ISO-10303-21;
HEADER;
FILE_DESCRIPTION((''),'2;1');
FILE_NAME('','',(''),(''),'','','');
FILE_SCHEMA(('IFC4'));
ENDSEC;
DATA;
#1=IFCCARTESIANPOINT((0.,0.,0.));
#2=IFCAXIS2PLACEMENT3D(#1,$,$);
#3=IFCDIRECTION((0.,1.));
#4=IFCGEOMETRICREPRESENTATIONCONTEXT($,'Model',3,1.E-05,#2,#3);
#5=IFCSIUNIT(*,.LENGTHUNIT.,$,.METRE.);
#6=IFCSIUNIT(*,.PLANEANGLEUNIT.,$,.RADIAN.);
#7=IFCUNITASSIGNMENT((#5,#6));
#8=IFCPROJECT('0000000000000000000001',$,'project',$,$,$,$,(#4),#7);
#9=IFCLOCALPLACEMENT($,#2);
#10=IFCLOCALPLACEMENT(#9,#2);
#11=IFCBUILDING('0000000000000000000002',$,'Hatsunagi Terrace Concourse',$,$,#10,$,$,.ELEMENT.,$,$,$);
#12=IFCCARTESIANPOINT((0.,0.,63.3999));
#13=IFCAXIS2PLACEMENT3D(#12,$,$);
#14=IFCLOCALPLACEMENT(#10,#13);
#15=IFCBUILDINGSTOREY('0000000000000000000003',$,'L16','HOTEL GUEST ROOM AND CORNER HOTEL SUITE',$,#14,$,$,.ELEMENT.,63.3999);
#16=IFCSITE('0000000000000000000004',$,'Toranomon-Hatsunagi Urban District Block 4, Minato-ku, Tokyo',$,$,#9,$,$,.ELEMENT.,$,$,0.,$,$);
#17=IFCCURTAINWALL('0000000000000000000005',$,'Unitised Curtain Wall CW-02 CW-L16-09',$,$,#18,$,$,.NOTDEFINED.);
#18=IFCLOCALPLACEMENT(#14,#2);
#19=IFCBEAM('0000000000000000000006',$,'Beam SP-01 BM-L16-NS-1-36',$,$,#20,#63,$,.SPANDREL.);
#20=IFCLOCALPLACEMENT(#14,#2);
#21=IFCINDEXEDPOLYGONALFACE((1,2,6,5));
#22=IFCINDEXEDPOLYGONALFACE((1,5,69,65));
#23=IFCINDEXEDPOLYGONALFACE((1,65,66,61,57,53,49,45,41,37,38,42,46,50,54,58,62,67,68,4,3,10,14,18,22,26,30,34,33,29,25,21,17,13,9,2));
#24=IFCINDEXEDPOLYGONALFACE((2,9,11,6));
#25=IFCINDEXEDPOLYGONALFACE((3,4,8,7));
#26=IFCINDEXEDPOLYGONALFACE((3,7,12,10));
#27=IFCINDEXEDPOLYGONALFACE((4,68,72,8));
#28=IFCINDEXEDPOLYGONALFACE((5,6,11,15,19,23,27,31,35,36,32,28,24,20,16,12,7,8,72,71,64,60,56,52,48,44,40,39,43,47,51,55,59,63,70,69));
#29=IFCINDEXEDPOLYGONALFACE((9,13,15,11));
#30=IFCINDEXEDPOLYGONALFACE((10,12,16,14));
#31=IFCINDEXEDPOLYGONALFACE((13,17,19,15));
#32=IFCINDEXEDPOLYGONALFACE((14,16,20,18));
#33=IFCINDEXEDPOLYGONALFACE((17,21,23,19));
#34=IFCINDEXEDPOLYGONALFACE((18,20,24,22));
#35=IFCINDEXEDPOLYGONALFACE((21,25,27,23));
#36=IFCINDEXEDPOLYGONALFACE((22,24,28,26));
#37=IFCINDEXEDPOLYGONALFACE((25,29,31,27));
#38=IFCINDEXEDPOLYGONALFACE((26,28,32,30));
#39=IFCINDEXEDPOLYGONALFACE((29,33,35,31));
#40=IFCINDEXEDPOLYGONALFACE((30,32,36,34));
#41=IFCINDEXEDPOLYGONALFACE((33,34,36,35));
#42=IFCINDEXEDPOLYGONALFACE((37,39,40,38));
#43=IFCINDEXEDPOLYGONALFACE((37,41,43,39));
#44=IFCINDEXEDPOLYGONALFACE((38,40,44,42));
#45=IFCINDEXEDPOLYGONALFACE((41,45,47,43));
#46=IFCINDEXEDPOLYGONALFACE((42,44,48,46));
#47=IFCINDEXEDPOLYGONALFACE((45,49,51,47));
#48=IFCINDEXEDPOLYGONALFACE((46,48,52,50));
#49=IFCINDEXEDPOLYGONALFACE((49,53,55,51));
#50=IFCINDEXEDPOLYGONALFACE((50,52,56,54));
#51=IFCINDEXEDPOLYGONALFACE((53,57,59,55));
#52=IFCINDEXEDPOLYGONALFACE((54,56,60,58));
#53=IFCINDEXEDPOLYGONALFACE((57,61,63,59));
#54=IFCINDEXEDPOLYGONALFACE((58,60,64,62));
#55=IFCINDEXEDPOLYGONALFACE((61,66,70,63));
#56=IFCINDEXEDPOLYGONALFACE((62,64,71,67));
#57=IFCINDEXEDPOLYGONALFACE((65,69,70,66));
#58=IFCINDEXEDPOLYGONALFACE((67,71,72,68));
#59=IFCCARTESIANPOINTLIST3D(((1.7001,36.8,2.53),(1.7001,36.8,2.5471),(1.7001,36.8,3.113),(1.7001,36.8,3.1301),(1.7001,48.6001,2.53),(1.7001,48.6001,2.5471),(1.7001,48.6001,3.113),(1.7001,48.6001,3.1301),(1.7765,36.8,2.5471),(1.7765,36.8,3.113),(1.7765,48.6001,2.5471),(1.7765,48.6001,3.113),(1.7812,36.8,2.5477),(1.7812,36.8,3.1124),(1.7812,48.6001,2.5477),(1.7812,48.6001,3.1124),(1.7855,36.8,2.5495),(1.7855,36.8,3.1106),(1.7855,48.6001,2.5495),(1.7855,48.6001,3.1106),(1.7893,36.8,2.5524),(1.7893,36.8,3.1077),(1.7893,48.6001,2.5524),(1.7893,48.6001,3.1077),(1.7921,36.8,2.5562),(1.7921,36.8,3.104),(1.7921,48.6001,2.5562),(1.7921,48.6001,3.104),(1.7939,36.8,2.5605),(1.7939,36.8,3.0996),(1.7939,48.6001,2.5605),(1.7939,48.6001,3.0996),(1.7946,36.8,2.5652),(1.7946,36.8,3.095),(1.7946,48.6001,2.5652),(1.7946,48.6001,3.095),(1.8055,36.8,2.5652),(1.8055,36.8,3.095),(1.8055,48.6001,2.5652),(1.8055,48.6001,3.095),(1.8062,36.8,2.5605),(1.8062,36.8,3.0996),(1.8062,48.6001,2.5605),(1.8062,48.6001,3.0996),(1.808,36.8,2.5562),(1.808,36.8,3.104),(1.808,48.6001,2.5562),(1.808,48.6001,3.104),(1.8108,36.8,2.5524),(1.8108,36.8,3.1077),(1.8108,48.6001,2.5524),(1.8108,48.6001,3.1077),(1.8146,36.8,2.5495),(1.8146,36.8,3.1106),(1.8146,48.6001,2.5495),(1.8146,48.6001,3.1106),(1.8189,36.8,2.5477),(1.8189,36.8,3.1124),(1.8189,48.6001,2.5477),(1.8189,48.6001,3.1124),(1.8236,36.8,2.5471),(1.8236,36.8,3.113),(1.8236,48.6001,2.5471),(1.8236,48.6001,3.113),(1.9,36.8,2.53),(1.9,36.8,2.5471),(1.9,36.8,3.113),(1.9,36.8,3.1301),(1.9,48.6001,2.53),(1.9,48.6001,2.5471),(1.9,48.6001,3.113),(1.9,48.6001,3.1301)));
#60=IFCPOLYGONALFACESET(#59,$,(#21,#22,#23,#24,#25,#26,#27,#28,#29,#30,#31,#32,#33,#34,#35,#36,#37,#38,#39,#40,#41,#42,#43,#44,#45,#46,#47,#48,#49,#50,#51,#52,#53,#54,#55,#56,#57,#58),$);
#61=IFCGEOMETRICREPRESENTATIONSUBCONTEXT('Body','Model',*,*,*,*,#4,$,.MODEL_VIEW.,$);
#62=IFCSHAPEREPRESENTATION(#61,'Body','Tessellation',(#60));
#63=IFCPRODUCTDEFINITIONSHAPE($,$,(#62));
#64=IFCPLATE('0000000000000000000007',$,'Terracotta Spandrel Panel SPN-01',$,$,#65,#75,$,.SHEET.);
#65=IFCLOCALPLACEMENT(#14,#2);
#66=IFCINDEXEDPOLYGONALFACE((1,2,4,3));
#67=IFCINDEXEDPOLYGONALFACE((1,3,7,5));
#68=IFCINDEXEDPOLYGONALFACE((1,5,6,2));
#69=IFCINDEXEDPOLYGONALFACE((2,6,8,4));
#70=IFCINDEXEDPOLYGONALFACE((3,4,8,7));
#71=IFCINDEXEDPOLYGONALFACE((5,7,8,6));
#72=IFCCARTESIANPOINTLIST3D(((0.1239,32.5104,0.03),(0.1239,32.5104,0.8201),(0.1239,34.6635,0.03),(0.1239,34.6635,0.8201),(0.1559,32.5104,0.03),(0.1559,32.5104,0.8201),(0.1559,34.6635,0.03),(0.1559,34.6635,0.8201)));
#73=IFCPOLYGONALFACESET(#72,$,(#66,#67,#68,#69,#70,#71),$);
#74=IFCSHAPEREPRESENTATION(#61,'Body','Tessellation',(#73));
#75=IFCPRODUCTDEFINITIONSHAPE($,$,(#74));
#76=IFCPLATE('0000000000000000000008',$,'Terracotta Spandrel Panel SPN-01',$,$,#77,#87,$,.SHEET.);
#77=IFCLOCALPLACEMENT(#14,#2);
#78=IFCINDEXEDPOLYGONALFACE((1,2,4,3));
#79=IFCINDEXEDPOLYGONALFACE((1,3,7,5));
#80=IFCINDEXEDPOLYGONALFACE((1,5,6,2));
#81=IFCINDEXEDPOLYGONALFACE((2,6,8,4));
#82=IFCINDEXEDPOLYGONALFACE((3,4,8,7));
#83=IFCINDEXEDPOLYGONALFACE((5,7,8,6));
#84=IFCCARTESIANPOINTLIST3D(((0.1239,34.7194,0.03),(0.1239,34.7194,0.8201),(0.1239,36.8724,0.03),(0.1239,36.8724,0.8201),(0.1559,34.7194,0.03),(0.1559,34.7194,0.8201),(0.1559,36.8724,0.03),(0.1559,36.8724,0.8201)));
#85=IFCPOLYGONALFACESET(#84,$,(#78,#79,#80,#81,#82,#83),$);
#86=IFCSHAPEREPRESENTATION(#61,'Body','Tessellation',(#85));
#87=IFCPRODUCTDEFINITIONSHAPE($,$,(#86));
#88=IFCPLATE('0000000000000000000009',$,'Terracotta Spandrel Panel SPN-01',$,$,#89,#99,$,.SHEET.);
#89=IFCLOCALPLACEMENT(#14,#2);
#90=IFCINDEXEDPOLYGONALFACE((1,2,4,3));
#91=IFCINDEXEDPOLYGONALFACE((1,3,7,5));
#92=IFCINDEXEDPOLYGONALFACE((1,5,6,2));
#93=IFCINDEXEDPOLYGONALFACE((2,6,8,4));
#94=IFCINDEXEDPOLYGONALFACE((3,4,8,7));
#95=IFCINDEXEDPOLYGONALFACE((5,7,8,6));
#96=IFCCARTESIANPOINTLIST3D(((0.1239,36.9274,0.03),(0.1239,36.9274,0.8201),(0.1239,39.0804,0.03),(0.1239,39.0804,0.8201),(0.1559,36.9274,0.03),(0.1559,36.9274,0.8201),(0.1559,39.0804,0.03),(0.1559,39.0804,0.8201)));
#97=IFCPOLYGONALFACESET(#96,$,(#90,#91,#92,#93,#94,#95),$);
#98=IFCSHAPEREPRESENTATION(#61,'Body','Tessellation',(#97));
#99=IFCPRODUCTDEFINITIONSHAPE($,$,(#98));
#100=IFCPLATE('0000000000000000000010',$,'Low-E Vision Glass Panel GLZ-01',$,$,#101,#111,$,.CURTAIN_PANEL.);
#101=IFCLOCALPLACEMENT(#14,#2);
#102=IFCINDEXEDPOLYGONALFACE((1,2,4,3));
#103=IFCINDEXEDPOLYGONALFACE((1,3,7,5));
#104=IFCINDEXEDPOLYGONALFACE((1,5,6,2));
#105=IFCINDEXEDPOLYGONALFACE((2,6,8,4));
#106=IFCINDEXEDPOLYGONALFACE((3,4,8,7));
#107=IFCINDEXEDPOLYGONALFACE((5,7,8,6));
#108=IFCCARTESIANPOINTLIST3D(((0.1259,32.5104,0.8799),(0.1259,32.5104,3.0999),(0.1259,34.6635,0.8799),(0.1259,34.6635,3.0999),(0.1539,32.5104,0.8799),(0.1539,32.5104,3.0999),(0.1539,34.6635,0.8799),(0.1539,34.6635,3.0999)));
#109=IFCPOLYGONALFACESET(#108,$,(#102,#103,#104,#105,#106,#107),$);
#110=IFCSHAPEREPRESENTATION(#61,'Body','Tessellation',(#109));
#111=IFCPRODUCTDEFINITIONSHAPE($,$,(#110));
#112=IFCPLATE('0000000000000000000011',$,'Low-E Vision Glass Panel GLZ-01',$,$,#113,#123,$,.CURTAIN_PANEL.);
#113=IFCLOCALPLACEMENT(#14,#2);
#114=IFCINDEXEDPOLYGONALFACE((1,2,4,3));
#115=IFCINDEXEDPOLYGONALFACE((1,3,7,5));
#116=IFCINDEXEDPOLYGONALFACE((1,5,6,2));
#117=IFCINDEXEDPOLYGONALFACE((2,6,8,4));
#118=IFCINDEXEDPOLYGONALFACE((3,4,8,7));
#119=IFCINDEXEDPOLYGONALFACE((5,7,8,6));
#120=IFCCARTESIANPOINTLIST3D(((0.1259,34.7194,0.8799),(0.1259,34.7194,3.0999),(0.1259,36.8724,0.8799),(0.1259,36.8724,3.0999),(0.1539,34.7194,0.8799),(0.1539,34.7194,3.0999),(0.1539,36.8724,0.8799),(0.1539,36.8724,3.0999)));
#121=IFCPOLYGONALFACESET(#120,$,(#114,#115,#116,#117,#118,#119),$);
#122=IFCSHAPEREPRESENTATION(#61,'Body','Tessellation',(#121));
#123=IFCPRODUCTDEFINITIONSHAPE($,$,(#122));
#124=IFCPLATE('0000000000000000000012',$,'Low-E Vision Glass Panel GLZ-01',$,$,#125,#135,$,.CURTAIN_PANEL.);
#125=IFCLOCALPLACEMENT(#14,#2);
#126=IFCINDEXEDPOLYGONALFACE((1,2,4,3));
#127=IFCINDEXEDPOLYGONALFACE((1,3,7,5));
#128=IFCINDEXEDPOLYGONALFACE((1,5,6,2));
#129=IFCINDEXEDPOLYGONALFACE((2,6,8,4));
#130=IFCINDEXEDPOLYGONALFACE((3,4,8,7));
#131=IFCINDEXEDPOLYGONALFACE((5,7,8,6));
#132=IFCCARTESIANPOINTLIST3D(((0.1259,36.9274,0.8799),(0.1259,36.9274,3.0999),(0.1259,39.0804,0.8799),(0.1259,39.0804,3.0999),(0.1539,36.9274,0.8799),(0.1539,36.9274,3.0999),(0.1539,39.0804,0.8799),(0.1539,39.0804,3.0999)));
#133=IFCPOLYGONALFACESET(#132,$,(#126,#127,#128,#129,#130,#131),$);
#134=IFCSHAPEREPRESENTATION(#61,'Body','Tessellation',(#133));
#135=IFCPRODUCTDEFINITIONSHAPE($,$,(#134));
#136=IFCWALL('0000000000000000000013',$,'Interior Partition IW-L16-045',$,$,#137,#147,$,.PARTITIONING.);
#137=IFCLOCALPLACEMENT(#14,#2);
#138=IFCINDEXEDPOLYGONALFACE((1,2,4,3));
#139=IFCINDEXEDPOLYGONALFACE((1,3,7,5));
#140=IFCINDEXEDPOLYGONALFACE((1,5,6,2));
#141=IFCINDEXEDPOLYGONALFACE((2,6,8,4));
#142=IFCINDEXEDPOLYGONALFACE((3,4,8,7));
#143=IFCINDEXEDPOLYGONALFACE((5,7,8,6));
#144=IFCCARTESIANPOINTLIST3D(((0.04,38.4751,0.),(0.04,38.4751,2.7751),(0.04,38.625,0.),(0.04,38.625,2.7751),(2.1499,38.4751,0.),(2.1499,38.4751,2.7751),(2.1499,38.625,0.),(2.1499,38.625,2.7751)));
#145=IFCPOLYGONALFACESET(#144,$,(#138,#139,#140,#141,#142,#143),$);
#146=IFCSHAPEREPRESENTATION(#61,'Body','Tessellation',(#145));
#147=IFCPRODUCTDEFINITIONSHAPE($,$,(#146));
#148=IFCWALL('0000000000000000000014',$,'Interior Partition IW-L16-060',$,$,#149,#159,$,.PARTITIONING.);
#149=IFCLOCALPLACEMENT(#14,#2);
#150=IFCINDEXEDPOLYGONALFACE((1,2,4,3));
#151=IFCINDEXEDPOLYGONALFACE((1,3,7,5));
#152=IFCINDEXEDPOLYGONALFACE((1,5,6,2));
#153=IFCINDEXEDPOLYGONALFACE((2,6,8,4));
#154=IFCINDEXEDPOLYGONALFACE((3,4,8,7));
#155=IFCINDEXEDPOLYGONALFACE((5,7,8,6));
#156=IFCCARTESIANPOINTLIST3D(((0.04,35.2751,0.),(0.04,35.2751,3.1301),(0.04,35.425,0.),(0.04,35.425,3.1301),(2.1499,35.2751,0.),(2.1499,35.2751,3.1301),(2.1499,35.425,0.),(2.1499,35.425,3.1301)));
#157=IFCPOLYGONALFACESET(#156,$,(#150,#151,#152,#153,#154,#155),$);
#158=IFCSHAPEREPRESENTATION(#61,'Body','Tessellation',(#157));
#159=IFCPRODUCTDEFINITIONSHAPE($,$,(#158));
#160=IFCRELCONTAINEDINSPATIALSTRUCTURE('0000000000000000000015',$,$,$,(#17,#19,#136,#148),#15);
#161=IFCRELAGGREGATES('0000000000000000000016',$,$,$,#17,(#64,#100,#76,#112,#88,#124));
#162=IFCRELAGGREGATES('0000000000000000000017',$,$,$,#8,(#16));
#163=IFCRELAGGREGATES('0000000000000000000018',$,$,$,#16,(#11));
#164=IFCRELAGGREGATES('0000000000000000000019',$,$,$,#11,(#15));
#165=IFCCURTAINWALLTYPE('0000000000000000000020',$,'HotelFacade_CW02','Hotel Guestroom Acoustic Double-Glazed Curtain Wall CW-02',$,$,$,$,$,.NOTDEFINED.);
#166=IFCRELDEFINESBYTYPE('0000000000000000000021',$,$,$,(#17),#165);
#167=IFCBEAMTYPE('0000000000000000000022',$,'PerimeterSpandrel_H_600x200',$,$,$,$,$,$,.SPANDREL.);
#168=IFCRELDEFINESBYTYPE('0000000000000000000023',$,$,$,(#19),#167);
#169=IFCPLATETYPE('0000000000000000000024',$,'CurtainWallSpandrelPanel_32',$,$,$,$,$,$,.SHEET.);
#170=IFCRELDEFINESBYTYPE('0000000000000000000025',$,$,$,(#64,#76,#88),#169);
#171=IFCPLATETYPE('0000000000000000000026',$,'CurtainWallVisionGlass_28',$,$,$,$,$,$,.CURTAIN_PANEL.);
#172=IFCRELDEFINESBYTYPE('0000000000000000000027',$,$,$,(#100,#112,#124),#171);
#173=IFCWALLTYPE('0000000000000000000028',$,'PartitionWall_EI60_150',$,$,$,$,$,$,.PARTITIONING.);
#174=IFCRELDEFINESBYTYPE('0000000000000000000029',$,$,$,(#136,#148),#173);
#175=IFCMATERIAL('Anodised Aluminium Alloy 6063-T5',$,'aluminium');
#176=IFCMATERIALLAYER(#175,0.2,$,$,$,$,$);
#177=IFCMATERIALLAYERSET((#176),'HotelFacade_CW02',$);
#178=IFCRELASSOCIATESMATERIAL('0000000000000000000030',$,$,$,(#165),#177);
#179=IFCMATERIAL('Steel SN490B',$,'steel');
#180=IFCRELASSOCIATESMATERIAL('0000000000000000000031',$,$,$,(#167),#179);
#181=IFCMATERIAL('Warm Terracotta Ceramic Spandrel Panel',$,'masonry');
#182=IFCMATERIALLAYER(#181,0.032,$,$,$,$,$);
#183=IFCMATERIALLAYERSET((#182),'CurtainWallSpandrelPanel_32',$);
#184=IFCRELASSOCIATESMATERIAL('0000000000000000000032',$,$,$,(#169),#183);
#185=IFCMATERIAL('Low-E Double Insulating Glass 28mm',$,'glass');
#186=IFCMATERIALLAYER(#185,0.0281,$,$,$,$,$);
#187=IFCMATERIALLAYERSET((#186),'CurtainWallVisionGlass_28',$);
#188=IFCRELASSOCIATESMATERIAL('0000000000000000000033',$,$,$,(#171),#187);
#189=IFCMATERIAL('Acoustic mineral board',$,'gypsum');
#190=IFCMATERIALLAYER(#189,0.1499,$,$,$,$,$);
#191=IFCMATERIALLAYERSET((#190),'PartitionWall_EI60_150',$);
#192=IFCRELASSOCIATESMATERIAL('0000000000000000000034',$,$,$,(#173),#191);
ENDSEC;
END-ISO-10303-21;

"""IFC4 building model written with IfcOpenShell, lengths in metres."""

from ifc_helpers import new_model, si_unit, direction, frame, frame_2d, origin, origin_2d, place, context, subcontext, project, spatial, rectangle, i_section, extrude, material, layer, layer_set, material_profile, profile_set, type_object, element, aggregate, save


model = new_model("IFC4")

# Units and contexts
model_context = context("Model", 3, precision=1e-05, world=origin(), true_north=direction((0.0, 1.0)))
body_context = subcontext(model_context, "Body", "Model", "MODEL_VIEW")
ifc_project = project(units=[si_unit("LENGTHUNIT", "METRE"), si_unit("PLANEANGLEUNIT", "RADIAN")], contexts=[model_context])

# Site, building, storey
site_placement = place(None, origin())
site = spatial("IfcSite", under=ifc_project, at=site_placement, Name="Toranomon-Hatsunagi Urban District Block 4, Minato-ku, Tokyo", CompositionType="ELEMENT", RefElevation=0.0)
building_placement = place(site_placement, origin())
building = spatial("IfcBuilding", under=site, at=building_placement, Name="Hatsunagi Terrace Concourse", CompositionType="ELEMENT")
storey_placement = place(building_placement, frame((0.0, 0.0, 63.3999)))
storey = spatial("IfcBuildingStorey", under=building, at=storey_placement, Name="L16", Description="HOTEL GUEST ROOM AND CORNER HOTEL SUITE", CompositionType="ELEMENT", Elevation=63.3999)

# Curtain wall
ifc_material_1 = material(Name="Anodised Aluminium Alloy 6063-T5", Category="aluminium")
ifc_layer_1 = layer(ifc_material_1, 0.2)
ifc_layer_set_1 = layer_set([ifc_layer_1], Name="HotelFacade_CW02")
curtain_wall_type = type_object("IfcCurtainWallType", Name="HotelFacade_CW02", Description="Hotel Guestroom Acoustic Double-Glazed Curtain Wall CW-02", PredefinedType="NOTDEFINED", material=ifc_layer_set_1)
curtain_wall_placement = place(storey_placement, origin())
curtain_wall = element("IfcCurtainWall", 1, at=curtain_wall_placement, inside=storey, type_object=curtain_wall_type, Name="Unitised Curtain Wall CW-02 CW-L16-09", PredefinedType="NOTDEFINED")

# Beam
ifc_material_2 = material(Name="Steel SN490B", Category="steel")
ifc_material_profile_1 = material_profile(ifc_material_2, i_section(OverallWidth=0.2, OverallDepth=0.6001, WebThickness=0.011, FlangeThickness=0.0171, FilletRadius=0.0181, at=origin_2d()), Name="H-600x200x11x17")
ifc_profile_set_1 = profile_set([ifc_material_profile_1], Name="Steel SN490B")
beam_type_1 = type_object("IfcBeamType", Name="PerimeterSpandrel_H_600x200", PredefinedType="SPANDREL", material=ifc_profile_set_1)
beam_1_placement = place(storey_placement, frame((1.8, 36.8, 2.8301), z_axis=(0.0, 1.0, 0.0), x_axis=(-1.0, 0.0, 0.0)))
element("IfcBeam", 2, at=beam_1_placement, inside=storey, type_object=beam_type_1, Name="Beam SP-01 BM-L16-NS-1-36", PredefinedType="SPANDREL", context=body_context, shape_type="SweptSolid", body=[
    extrude(i_section(OverallWidth=0.2, OverallDepth=0.6001, WebThickness=0.011, FlangeThickness=0.0171, FilletRadius=0.0181, at=origin_2d()), origin(), (0.0, 0.0, 1.0), 11.8),
])

# Plates
ifc_material_3 = material(Name="Warm Terracotta Ceramic Spandrel Panel", Category="masonry")
ifc_layer_2 = layer(ifc_material_3, 0.032)
ifc_layer_set_2 = layer_set([ifc_layer_2], Name="CurtainWallSpandrelPanel_32")
plate_type_1 = type_object("IfcPlateType", Name="CurtainWallSpandrelPanel_32", PredefinedType="SHEET", material=ifc_layer_set_2)
plate_1_placement = place(storey_placement, frame((0.1399, 33.5869, 0.03), z_axis=(0.0, 0.0, 1.0), x_axis=(0.0, 1.0, 0.0)))
plate_1 = element("IfcPlate", 3, at=plate_1_placement, type_object=plate_type_1, Name="Terracotta Spandrel Panel SPN-01", PredefinedType="SHEET", context=body_context, shape_type="SweptSolid", body=[
    extrude(rectangle(XDim=2.1531, YDim=0.032, at=origin_2d()), origin(), (0.0, 0.0, 1.0), 0.79),
])
plate_2_placement = place(storey_placement, frame((0.1399, 35.7959, 0.03), z_axis=(0.0, 0.0, 1.0), x_axis=(0.0, 1.0, 0.0)))
plate_2 = element("IfcPlate", 4, at=plate_2_placement, type_object=plate_type_1, Name="Terracotta Spandrel Panel SPN-01", PredefinedType="SHEET", context=body_context, shape_type="SweptSolid", body=[
    extrude(rectangle(XDim=2.1531, YDim=0.032, at=origin_2d()), origin(), (0.0, 0.0, 1.0), 0.79),
])
plate_3_placement = place(storey_placement, frame((0.1399, 38.0039, 0.03), z_axis=(0.0, 0.0, 1.0), x_axis=(0.0, 1.0, 0.0)))
plate_3 = element("IfcPlate", 5, at=plate_3_placement, type_object=plate_type_1, Name="Terracotta Spandrel Panel SPN-01", PredefinedType="SHEET", context=body_context, shape_type="SweptSolid", body=[
    extrude(rectangle(XDim=2.1531, YDim=0.032, at=origin_2d()), origin(), (0.0, 0.0, 1.0), 0.79),
])
ifc_material_4 = material(Name="Low-E Double Insulating Glass 28mm", Category="glass")
ifc_layer_3 = layer(ifc_material_4, 0.0281)
ifc_layer_set_3 = layer_set([ifc_layer_3], Name="CurtainWallVisionGlass_28")
plate_type_2 = type_object("IfcPlateType", Name="CurtainWallVisionGlass_28", PredefinedType="CURTAIN_PANEL", material=ifc_layer_set_3)
plate_4_placement = place(storey_placement, frame((0.1399, 33.5869, 0.8799), z_axis=(0.0, 0.0, 1.0), x_axis=(0.0, 1.0, 0.0)))
plate_4 = element("IfcPlate", 6, at=plate_4_placement, type_object=plate_type_2, Name="Low-E Vision Glass Panel GLZ-01", PredefinedType="CURTAIN_PANEL", context=body_context, shape_type="SweptSolid", body=[
    extrude(rectangle(XDim=2.1531, YDim=0.0281, at=origin_2d()), origin(), (0.0, 0.0, 1.0), 2.22),
])
plate_5_placement = place(storey_placement, frame((0.1399, 35.7959, 0.8799), z_axis=(0.0, 0.0, 1.0), x_axis=(0.0, 1.0, 0.0)))
plate_5 = element("IfcPlate", 7, at=plate_5_placement, type_object=plate_type_2, Name="Low-E Vision Glass Panel GLZ-01", PredefinedType="CURTAIN_PANEL", context=body_context, shape_type="SweptSolid", body=[
    extrude(rectangle(XDim=2.1531, YDim=0.0281, at=origin_2d()), origin(), (0.0, 0.0, 1.0), 2.22),
])
plate_6_placement = place(storey_placement, frame((0.1399, 38.0039, 0.8799), z_axis=(0.0, 0.0, 1.0), x_axis=(0.0, 1.0, 0.0)))
plate_6 = element("IfcPlate", 8, at=plate_6_placement, type_object=plate_type_2, Name="Low-E Vision Glass Panel GLZ-01", PredefinedType="CURTAIN_PANEL", context=body_context, shape_type="SweptSolid", body=[
    extrude(rectangle(XDim=2.1531, YDim=0.0281, at=origin_2d()), origin(), (0.0, 0.0, 1.0), 2.22),
])
aggregate(curtain_wall, [plate_1, plate_4, plate_2, plate_5, plate_3, plate_6])

# Walls
ifc_material_5 = material(Name="Acoustic mineral board", Category="gypsum")
ifc_layer_4 = layer(ifc_material_5, 0.1499)
ifc_layer_set_4 = layer_set([ifc_layer_4], Name="PartitionWall_EI60_150")
wall_type = type_object("IfcWallType", Name="PartitionWall_EI60_150", PredefinedType="PARTITIONING", material=ifc_layer_set_4)
wall_1_placement = place(storey_placement, frame((0.04, 38.55, 0.0), z_axis=(0.0, 0.0, 1.0), x_axis=(1.0, 0.0, 0.0)))
element("IfcWall", 9, at=wall_1_placement, inside=storey, type_object=wall_type, Name="Interior Partition IW-L16-045", PredefinedType="PARTITIONING", context=body_context, shape_type="SweptSolid", body=[
    extrude(rectangle(XDim=2.1099, YDim=0.1499, at=frame_2d((1.0549, 0.0))), origin(), (0.0, 0.0, 1.0), 2.7751),
])
wall_2_placement = place(storey_placement, frame((0.04, 35.3501, 0.0), z_axis=(0.0, 0.0, 1.0), x_axis=(1.0, 0.0, 0.0)))
element("IfcWall", 10, at=wall_2_placement, inside=storey, type_object=wall_type, Name="Interior Partition IW-L16-060", PredefinedType="PARTITIONING", context=body_context, shape_type="SweptSolid", body=[
    extrude(rectangle(XDim=2.1099, YDim=0.1499, at=frame_2d((1.0549, 0.0))), origin(), (0.0, 0.0, 1.0), 3.1301),
])

save(model, "model.ifc")
